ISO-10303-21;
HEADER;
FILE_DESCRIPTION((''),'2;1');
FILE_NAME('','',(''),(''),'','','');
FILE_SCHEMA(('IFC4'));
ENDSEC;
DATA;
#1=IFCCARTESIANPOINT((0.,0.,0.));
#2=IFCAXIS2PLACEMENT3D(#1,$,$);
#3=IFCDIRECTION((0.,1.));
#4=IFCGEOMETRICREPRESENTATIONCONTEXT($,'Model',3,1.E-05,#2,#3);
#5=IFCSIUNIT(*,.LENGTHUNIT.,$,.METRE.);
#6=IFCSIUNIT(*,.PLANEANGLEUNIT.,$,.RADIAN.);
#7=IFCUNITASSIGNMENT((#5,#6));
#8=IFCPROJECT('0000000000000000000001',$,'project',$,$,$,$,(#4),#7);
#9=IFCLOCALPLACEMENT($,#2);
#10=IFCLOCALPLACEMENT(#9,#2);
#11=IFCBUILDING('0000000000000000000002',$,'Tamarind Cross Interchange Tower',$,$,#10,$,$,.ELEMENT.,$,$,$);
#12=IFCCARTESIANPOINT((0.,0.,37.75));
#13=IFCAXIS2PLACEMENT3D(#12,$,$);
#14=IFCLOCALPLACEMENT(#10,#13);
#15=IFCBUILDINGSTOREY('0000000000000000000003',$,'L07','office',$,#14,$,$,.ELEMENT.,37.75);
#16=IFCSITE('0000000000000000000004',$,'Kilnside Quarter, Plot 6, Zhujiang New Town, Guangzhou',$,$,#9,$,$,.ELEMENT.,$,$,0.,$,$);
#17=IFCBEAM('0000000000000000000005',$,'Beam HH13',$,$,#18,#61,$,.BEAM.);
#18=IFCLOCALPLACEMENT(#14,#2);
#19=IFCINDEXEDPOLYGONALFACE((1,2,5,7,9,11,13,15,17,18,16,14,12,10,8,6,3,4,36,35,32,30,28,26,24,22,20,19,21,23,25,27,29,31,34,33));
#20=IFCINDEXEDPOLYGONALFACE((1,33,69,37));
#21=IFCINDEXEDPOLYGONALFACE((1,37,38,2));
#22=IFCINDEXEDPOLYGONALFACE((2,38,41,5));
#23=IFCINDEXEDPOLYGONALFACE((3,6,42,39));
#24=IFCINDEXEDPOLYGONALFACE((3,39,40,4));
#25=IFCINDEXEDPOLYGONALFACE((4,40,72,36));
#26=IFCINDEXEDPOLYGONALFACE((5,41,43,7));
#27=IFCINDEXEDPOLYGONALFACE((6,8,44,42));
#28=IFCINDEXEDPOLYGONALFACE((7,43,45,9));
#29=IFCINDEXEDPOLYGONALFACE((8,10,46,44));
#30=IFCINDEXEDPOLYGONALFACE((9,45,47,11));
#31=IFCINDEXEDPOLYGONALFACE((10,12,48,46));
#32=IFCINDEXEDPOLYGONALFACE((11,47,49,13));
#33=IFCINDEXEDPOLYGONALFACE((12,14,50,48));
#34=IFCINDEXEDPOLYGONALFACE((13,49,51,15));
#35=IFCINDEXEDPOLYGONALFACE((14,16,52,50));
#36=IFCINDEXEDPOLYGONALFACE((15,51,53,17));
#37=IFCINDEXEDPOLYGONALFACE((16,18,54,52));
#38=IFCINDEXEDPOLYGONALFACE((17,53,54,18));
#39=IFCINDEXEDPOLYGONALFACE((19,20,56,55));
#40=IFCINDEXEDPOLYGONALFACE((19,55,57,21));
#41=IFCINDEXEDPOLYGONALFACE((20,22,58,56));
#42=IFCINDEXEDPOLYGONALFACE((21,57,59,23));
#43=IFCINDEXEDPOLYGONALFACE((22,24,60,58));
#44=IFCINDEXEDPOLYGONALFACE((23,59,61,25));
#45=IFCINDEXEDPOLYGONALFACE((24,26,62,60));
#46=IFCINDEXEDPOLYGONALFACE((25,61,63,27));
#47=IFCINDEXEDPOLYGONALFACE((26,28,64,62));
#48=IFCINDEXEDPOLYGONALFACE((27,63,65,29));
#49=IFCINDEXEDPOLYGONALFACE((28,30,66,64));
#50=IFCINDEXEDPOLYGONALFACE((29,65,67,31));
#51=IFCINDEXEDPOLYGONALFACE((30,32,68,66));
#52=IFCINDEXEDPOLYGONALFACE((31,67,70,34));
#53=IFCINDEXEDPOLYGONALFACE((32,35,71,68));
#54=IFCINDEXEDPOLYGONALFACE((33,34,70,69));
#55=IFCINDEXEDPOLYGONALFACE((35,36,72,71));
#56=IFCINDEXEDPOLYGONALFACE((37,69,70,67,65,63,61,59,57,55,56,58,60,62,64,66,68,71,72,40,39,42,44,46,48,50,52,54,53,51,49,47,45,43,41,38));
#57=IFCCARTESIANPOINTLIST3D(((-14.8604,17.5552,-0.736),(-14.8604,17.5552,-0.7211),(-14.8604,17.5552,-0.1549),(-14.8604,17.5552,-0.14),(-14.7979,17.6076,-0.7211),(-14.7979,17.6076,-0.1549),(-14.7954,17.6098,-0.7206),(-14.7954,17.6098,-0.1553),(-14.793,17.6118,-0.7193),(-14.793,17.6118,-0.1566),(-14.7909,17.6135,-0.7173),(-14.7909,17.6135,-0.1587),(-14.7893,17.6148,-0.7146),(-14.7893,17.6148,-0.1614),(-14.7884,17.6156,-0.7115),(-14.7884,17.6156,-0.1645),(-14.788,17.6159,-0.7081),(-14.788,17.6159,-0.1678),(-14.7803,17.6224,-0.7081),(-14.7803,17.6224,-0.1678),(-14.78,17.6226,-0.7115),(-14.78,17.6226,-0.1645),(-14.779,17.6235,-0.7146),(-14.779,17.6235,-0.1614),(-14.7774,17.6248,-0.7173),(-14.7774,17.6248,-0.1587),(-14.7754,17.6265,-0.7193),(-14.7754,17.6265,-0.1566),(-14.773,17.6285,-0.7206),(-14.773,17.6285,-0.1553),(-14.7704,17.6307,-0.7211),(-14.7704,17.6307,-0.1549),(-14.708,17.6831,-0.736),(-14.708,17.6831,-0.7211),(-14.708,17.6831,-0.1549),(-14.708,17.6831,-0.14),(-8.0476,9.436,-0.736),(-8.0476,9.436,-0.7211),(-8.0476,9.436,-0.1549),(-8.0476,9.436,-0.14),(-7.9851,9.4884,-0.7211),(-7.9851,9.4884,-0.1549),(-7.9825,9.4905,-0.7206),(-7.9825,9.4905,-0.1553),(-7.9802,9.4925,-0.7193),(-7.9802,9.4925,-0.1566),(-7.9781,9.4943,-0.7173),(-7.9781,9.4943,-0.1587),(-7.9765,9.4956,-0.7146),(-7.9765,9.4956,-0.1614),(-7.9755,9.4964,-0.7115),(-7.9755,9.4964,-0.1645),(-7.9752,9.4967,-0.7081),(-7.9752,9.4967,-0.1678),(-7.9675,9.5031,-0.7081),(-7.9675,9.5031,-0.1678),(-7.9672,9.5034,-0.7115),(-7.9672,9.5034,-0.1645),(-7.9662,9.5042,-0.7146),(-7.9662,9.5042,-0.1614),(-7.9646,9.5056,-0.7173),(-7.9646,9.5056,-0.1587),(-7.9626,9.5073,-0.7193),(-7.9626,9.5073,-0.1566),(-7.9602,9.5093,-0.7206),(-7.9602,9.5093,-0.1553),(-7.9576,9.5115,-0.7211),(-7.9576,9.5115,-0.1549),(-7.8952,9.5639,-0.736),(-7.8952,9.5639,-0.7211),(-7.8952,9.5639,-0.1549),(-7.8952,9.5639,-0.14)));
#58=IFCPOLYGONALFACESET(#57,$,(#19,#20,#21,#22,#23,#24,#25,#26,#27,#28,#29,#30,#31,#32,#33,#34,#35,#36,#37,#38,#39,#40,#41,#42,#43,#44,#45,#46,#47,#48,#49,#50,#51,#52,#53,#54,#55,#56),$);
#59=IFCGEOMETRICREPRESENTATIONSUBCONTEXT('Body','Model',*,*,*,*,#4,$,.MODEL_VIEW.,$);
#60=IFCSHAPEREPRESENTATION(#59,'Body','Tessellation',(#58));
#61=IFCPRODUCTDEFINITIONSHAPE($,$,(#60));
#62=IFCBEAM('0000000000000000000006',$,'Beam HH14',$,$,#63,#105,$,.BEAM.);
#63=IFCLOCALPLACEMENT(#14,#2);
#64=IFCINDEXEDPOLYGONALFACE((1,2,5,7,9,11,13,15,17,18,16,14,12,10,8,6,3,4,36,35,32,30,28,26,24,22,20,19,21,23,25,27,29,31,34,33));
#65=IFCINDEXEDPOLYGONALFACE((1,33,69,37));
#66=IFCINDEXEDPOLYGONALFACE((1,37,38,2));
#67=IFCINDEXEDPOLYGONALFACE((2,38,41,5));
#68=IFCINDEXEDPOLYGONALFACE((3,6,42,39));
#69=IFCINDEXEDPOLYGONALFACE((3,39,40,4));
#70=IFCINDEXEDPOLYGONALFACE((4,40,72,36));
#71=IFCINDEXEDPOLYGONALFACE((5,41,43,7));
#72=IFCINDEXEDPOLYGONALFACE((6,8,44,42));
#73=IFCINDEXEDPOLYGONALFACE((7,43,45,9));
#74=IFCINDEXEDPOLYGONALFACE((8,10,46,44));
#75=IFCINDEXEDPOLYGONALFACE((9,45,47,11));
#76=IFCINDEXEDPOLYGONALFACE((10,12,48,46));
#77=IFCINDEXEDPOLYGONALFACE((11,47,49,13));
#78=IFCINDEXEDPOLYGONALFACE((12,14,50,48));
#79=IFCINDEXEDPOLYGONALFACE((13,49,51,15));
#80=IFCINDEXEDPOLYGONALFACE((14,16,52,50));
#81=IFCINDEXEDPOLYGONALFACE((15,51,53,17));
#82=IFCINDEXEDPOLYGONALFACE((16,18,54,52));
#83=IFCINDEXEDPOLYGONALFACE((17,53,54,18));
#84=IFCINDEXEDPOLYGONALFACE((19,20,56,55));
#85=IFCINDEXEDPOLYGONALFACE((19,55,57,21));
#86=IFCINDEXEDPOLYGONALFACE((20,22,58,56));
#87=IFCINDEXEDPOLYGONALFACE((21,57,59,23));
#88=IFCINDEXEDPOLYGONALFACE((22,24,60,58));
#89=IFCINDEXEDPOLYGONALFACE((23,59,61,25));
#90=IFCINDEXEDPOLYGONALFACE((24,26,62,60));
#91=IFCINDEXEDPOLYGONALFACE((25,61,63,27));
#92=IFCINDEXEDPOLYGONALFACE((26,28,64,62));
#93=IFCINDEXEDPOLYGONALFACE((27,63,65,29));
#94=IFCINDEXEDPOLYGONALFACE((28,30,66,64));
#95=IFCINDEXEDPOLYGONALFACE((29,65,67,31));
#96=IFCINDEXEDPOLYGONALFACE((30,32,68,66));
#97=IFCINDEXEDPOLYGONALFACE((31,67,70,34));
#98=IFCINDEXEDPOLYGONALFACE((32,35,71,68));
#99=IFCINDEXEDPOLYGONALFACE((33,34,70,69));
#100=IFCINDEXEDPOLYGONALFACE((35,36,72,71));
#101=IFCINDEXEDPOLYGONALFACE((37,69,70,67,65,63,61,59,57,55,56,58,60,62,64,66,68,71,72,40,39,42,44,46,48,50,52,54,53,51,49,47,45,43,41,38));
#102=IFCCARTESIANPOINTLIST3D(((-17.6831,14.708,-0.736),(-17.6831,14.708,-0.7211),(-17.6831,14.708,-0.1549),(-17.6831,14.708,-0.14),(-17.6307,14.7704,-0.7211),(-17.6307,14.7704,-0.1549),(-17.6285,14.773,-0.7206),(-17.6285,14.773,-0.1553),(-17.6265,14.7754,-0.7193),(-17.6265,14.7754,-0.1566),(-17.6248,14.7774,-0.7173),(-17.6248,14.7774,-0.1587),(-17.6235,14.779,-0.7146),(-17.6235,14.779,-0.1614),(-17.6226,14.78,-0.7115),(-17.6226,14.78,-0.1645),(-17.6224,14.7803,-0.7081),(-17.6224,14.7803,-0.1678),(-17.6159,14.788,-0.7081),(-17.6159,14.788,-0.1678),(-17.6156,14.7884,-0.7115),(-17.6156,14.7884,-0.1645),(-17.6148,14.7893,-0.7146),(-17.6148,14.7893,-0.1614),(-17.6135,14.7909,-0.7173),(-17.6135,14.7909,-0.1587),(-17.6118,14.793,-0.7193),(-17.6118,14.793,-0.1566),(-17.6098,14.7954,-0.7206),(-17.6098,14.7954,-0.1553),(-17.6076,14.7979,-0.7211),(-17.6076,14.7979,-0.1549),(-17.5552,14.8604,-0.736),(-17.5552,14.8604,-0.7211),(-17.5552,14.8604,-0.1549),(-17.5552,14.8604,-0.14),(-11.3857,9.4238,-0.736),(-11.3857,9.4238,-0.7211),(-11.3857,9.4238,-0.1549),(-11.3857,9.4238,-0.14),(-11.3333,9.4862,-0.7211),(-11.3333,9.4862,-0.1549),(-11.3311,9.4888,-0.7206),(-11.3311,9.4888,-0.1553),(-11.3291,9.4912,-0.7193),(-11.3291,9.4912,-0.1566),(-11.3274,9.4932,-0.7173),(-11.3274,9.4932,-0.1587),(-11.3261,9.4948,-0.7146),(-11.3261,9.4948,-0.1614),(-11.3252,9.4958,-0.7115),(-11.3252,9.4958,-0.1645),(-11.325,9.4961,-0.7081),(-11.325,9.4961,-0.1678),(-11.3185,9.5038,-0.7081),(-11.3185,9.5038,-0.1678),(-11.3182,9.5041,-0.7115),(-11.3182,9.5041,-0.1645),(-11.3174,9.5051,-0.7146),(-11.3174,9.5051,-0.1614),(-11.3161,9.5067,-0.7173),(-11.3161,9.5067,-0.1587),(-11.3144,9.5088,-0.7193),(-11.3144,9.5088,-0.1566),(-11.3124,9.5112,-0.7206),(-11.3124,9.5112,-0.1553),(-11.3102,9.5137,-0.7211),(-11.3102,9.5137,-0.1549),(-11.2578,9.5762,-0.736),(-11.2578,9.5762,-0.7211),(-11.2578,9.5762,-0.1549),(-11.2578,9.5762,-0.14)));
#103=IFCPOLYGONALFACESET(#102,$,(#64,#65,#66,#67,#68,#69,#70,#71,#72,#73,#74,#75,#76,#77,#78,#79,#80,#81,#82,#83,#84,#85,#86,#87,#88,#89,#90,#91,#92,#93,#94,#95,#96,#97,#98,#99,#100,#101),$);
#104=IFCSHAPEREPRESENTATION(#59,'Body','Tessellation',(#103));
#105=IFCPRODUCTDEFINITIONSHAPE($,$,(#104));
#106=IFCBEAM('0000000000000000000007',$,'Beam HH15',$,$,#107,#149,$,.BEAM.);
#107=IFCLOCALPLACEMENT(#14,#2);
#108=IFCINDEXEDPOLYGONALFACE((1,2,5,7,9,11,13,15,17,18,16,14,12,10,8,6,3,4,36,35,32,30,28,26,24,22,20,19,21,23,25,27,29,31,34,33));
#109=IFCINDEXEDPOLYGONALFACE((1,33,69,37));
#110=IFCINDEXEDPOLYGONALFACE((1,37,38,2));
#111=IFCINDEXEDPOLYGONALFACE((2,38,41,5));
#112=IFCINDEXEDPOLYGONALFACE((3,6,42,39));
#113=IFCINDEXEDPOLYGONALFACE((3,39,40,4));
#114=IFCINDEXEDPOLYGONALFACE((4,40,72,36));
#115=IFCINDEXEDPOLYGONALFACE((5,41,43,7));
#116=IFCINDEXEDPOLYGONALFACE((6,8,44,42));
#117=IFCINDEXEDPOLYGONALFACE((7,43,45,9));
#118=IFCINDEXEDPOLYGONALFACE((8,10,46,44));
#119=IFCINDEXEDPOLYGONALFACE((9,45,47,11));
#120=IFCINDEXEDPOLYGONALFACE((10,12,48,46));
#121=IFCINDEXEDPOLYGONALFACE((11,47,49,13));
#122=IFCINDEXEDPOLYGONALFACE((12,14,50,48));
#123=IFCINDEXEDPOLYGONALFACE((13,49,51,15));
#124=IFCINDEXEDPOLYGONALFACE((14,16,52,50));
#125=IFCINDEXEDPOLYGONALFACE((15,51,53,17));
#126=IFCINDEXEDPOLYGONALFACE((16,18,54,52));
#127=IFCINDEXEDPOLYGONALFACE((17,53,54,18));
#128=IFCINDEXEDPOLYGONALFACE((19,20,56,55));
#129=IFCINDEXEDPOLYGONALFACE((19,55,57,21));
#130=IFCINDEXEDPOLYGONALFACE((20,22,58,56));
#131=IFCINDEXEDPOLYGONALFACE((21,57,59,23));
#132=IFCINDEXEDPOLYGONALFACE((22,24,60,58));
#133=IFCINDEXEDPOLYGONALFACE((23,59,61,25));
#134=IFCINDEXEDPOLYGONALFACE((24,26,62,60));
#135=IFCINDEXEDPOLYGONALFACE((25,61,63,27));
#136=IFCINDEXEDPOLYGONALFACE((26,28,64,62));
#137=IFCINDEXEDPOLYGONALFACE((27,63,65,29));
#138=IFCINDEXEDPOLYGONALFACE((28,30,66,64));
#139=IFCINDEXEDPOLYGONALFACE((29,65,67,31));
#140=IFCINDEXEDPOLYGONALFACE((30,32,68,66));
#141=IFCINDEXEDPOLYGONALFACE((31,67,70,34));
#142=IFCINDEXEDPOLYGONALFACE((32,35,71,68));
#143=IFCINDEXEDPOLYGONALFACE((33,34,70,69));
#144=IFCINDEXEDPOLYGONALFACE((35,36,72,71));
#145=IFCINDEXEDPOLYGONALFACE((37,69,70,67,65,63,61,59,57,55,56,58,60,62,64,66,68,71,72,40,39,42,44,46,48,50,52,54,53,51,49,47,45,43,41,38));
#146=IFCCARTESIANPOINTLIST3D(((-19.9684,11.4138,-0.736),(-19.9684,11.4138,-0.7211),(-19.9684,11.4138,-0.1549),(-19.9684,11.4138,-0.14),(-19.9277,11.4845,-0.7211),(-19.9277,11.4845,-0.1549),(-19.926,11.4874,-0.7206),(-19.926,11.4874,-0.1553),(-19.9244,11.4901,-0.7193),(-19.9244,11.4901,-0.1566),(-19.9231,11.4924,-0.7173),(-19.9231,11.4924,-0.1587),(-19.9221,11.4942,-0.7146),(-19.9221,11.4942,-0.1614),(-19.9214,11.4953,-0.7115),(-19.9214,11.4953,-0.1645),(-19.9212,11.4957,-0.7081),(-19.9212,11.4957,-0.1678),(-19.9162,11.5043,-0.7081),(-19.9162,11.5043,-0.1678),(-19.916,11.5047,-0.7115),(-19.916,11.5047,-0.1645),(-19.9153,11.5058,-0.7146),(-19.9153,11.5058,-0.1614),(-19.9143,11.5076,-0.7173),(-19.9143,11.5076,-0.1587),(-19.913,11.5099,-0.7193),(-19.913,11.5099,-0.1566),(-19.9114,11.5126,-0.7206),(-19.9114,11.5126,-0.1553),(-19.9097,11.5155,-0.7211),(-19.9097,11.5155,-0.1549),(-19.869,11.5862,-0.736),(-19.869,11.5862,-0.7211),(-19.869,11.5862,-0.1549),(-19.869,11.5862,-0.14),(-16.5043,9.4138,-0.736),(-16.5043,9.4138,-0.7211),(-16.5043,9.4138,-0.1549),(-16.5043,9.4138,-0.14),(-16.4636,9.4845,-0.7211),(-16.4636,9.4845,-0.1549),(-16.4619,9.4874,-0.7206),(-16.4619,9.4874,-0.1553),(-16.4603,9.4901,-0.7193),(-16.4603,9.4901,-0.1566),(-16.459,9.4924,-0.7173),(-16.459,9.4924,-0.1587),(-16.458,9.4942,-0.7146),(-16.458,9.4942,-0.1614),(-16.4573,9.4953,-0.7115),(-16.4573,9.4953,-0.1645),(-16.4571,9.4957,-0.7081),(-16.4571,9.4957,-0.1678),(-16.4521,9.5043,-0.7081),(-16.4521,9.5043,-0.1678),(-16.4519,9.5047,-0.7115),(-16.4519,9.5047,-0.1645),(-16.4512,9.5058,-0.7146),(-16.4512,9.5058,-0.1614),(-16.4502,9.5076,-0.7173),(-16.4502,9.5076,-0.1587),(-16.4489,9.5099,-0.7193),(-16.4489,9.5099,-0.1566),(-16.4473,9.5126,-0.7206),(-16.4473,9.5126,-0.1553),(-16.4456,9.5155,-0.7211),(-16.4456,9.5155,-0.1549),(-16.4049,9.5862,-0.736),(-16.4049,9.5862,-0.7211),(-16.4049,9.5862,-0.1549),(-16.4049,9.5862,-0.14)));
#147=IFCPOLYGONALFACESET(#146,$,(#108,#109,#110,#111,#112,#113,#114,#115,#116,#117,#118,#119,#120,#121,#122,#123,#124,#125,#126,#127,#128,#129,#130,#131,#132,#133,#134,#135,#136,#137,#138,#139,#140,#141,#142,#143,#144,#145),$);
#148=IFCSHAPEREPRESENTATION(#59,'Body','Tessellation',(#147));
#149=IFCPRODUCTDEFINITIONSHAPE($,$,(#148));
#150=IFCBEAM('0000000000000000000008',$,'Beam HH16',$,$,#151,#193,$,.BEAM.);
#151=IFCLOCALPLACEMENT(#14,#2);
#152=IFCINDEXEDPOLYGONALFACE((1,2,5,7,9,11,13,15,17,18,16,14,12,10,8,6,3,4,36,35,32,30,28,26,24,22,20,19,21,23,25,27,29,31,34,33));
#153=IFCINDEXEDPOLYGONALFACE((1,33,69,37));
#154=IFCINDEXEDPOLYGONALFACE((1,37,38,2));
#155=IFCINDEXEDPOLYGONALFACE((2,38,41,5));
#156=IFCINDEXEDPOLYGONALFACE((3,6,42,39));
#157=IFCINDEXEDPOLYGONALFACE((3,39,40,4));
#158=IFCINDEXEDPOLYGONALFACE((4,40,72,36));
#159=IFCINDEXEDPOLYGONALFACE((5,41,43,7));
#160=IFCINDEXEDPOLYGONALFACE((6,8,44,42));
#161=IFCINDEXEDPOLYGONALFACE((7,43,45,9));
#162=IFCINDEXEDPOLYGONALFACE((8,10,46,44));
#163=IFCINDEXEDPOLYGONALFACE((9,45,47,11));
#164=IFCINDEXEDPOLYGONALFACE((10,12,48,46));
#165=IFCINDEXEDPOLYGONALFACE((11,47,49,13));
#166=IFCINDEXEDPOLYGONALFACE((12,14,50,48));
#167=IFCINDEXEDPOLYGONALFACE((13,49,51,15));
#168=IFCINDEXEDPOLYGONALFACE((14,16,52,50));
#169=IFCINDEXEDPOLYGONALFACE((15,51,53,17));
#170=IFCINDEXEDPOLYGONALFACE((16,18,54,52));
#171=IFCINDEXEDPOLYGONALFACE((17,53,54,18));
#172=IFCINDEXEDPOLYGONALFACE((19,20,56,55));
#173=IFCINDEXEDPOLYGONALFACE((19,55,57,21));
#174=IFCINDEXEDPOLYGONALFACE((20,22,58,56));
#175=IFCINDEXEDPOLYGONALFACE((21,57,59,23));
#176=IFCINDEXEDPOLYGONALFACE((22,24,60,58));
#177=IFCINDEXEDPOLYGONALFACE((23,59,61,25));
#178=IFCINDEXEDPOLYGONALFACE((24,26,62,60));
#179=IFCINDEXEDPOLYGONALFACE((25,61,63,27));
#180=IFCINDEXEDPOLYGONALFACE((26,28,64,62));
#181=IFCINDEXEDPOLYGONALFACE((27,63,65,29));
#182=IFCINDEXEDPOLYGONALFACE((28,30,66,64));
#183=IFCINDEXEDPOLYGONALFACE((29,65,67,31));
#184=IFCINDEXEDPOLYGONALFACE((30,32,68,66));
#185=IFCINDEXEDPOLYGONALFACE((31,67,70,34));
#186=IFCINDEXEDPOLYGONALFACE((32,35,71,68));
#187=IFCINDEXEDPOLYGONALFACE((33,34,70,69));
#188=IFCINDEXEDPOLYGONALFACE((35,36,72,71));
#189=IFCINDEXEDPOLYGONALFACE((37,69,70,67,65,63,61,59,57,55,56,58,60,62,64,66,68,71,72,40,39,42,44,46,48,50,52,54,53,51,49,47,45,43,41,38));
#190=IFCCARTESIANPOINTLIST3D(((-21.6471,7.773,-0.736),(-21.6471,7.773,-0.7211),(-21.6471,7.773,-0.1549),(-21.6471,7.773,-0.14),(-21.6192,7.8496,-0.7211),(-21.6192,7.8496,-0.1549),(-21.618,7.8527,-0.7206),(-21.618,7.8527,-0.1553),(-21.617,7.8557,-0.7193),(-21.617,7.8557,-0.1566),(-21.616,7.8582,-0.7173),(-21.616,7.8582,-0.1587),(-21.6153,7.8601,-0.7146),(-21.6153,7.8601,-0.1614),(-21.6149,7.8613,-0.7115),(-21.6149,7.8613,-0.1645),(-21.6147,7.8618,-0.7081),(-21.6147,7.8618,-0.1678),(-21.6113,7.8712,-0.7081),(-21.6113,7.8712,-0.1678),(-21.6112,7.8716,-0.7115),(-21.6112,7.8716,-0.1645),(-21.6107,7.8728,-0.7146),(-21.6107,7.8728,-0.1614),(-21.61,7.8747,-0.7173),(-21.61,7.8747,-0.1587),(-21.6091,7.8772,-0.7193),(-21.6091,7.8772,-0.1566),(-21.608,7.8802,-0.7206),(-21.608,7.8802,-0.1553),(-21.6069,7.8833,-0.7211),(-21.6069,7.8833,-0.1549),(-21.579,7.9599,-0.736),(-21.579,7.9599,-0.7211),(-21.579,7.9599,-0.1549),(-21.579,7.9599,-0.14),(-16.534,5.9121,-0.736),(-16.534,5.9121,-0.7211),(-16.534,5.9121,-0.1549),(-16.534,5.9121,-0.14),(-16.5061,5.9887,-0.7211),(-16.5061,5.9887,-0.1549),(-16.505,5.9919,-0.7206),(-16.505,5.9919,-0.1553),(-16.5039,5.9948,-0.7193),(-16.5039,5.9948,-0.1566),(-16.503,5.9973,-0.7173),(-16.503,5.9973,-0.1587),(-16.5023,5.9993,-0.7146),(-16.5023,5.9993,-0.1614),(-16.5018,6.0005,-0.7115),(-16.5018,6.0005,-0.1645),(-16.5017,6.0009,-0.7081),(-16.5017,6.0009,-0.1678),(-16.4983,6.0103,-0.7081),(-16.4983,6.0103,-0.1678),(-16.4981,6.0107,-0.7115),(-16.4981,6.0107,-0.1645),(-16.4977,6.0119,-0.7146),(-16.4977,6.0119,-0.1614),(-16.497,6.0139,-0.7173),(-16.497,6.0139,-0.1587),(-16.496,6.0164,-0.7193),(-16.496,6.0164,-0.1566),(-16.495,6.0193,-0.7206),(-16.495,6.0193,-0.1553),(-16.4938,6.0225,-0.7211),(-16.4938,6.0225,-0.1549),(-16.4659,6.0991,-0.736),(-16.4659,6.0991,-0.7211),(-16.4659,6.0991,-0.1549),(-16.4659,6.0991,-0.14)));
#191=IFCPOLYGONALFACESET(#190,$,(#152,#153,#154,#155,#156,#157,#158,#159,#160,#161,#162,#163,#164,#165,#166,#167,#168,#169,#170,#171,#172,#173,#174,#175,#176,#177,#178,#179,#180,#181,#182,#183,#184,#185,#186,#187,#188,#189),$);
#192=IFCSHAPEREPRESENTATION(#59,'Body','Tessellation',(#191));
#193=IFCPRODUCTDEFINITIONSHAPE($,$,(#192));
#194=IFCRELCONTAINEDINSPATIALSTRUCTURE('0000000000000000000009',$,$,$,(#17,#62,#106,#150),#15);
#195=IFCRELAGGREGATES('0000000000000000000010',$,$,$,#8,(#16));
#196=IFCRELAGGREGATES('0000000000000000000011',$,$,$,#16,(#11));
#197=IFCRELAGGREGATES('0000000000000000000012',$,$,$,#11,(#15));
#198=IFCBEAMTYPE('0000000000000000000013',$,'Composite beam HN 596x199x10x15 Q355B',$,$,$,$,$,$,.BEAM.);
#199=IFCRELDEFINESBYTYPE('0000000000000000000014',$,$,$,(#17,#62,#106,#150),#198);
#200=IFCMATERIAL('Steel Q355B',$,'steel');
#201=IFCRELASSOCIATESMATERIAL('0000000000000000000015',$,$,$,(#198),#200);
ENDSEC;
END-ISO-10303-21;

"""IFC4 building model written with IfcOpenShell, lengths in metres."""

from ifc_helpers import new_model, si_unit, direction, frame, origin, origin_2d, place, context, subcontext, project, spatial, i_section, extrude, material, material_profile, profile_set, type_object, element, save


model = new_model("IFC4")

# Units and contexts
model_context = context("Model", 3, precision=1e-05, world=origin(), true_north=direction((0.0, 1.0)))
body_context = subcontext(model_context, "Body", "Model", "MODEL_VIEW")
ifc_project = project(units=[si_unit("LENGTHUNIT", "METRE"), si_unit("PLANEANGLEUNIT", "RADIAN")], contexts=[model_context])

# Site, building, storey
site_placement = place(None, origin())
site = spatial("IfcSite", under=ifc_project, at=site_placement, Name="Kilnside Quarter, Plot 6, Zhujiang New Town, Guangzhou", CompositionType="ELEMENT", RefElevation=0.0)
building_placement = place(site_placement, origin())
building = spatial("IfcBuilding", under=site, at=building_placement, Name="Tamarind Cross Interchange Tower", CompositionType="ELEMENT")
storey_placement = place(building_placement, frame((0.0, 0.0, 37.75)))
storey = spatial("IfcBuildingStorey", under=building, at=storey_placement, Name="L07", Description="office", CompositionType="ELEMENT", Elevation=37.75)

# Beams
ifc_material_1 = material(Name="Steel Q355B", Category="steel")
ifc_material_profile_1 = material_profile(ifc_material_1, i_section(OverallWidth=0.199, OverallDepth=0.5959, WebThickness=0.01, FlangeThickness=0.0149, FilletRadius=0.0129, at=origin_2d()), Name="HN 596x199x10x15")
ifc_profile_set_1 = profile_set([ifc_material_profile_1], Name="Steel Q355B")
beam_type_1 = type_object("IfcBeamType", Name="Composite beam HN 596x199x10x15 Q355B", PredefinedType="BEAM", material=ifc_profile_set_1)
beam_1_placement = place(storey_placement, frame((-14.7842, 17.6191, -0.438), z_axis=(0.642786, -0.766046, 0.0), x_axis=(0.766046, 0.642786, 0.0)))
element("IfcBeam", 1, at=beam_1_placement, inside=storey, type_object=beam_type_1, Name="Beam HH13", PredefinedType="BEAM", context=body_context, shape_type="SweptSolid", body=[
    extrude(i_section(OverallWidth=0.199, OverallDepth=0.5959, WebThickness=0.01, FlangeThickness=0.0149, FilletRadius=0.0129, at=origin_2d()), origin(), (0.0, 0.0, 1.0), 10.5989),
])
beam_2_placement = place(storey_placement, frame((-17.6191, 14.7842, -0.438), z_axis=(0.766041, -0.642792, 0.0), x_axis=(0.642792, 0.766041, 0.0)))
element("IfcBeam", 2, at=beam_2_placement, inside=storey, type_object=beam_type_1, Name="Beam HH14", PredefinedType="BEAM", context=body_context, shape_type="SweptSolid", body=[
    extrude(i_section(OverallWidth=0.199, OverallDepth=0.5959, WebThickness=0.01, FlangeThickness=0.0149, FilletRadius=0.0129, at=origin_2d()), origin(), (0.0, 0.0, 1.0), 8.2207),
])
beam_3_placement = place(storey_placement, frame((-19.9187, 11.5, -0.438), z_axis=(0.866026, -0.499999, 0.0), x_axis=(0.499999, 0.866026, 0.0)))
element("IfcBeam", 3, at=beam_3_placement, inside=storey, type_object=beam_type_1, Name="Beam HH15", PredefinedType="BEAM", context=body_context, shape_type="SweptSolid", body=[
    extrude(i_section(OverallWidth=0.199, OverallDepth=0.5959, WebThickness=0.01, FlangeThickness=0.0149, FilletRadius=0.0129, at=origin_2d()), origin(), (0.0, 0.0, 1.0), 4.0),
])
beam_4_placement = place(storey_placement, frame((-21.613, 7.8665, -0.438), z_axis=(0.939702, -0.341995, 0.0), x_axis=(0.341995, 0.939702, 0.0)))
element("IfcBeam", 4, at=beam_4_placement, inside=storey, type_object=beam_type_1, Name="Beam HH16", PredefinedType="BEAM", context=body_context, shape_type="SweptSolid", body=[
    extrude(i_section(OverallWidth=0.199, OverallDepth=0.5959, WebThickness=0.01, FlangeThickness=0.0149, FilletRadius=0.0129, at=origin_2d()), origin(), (0.0, 0.0, 1.0), 5.4412),
])

save(model, "model.ifc")
